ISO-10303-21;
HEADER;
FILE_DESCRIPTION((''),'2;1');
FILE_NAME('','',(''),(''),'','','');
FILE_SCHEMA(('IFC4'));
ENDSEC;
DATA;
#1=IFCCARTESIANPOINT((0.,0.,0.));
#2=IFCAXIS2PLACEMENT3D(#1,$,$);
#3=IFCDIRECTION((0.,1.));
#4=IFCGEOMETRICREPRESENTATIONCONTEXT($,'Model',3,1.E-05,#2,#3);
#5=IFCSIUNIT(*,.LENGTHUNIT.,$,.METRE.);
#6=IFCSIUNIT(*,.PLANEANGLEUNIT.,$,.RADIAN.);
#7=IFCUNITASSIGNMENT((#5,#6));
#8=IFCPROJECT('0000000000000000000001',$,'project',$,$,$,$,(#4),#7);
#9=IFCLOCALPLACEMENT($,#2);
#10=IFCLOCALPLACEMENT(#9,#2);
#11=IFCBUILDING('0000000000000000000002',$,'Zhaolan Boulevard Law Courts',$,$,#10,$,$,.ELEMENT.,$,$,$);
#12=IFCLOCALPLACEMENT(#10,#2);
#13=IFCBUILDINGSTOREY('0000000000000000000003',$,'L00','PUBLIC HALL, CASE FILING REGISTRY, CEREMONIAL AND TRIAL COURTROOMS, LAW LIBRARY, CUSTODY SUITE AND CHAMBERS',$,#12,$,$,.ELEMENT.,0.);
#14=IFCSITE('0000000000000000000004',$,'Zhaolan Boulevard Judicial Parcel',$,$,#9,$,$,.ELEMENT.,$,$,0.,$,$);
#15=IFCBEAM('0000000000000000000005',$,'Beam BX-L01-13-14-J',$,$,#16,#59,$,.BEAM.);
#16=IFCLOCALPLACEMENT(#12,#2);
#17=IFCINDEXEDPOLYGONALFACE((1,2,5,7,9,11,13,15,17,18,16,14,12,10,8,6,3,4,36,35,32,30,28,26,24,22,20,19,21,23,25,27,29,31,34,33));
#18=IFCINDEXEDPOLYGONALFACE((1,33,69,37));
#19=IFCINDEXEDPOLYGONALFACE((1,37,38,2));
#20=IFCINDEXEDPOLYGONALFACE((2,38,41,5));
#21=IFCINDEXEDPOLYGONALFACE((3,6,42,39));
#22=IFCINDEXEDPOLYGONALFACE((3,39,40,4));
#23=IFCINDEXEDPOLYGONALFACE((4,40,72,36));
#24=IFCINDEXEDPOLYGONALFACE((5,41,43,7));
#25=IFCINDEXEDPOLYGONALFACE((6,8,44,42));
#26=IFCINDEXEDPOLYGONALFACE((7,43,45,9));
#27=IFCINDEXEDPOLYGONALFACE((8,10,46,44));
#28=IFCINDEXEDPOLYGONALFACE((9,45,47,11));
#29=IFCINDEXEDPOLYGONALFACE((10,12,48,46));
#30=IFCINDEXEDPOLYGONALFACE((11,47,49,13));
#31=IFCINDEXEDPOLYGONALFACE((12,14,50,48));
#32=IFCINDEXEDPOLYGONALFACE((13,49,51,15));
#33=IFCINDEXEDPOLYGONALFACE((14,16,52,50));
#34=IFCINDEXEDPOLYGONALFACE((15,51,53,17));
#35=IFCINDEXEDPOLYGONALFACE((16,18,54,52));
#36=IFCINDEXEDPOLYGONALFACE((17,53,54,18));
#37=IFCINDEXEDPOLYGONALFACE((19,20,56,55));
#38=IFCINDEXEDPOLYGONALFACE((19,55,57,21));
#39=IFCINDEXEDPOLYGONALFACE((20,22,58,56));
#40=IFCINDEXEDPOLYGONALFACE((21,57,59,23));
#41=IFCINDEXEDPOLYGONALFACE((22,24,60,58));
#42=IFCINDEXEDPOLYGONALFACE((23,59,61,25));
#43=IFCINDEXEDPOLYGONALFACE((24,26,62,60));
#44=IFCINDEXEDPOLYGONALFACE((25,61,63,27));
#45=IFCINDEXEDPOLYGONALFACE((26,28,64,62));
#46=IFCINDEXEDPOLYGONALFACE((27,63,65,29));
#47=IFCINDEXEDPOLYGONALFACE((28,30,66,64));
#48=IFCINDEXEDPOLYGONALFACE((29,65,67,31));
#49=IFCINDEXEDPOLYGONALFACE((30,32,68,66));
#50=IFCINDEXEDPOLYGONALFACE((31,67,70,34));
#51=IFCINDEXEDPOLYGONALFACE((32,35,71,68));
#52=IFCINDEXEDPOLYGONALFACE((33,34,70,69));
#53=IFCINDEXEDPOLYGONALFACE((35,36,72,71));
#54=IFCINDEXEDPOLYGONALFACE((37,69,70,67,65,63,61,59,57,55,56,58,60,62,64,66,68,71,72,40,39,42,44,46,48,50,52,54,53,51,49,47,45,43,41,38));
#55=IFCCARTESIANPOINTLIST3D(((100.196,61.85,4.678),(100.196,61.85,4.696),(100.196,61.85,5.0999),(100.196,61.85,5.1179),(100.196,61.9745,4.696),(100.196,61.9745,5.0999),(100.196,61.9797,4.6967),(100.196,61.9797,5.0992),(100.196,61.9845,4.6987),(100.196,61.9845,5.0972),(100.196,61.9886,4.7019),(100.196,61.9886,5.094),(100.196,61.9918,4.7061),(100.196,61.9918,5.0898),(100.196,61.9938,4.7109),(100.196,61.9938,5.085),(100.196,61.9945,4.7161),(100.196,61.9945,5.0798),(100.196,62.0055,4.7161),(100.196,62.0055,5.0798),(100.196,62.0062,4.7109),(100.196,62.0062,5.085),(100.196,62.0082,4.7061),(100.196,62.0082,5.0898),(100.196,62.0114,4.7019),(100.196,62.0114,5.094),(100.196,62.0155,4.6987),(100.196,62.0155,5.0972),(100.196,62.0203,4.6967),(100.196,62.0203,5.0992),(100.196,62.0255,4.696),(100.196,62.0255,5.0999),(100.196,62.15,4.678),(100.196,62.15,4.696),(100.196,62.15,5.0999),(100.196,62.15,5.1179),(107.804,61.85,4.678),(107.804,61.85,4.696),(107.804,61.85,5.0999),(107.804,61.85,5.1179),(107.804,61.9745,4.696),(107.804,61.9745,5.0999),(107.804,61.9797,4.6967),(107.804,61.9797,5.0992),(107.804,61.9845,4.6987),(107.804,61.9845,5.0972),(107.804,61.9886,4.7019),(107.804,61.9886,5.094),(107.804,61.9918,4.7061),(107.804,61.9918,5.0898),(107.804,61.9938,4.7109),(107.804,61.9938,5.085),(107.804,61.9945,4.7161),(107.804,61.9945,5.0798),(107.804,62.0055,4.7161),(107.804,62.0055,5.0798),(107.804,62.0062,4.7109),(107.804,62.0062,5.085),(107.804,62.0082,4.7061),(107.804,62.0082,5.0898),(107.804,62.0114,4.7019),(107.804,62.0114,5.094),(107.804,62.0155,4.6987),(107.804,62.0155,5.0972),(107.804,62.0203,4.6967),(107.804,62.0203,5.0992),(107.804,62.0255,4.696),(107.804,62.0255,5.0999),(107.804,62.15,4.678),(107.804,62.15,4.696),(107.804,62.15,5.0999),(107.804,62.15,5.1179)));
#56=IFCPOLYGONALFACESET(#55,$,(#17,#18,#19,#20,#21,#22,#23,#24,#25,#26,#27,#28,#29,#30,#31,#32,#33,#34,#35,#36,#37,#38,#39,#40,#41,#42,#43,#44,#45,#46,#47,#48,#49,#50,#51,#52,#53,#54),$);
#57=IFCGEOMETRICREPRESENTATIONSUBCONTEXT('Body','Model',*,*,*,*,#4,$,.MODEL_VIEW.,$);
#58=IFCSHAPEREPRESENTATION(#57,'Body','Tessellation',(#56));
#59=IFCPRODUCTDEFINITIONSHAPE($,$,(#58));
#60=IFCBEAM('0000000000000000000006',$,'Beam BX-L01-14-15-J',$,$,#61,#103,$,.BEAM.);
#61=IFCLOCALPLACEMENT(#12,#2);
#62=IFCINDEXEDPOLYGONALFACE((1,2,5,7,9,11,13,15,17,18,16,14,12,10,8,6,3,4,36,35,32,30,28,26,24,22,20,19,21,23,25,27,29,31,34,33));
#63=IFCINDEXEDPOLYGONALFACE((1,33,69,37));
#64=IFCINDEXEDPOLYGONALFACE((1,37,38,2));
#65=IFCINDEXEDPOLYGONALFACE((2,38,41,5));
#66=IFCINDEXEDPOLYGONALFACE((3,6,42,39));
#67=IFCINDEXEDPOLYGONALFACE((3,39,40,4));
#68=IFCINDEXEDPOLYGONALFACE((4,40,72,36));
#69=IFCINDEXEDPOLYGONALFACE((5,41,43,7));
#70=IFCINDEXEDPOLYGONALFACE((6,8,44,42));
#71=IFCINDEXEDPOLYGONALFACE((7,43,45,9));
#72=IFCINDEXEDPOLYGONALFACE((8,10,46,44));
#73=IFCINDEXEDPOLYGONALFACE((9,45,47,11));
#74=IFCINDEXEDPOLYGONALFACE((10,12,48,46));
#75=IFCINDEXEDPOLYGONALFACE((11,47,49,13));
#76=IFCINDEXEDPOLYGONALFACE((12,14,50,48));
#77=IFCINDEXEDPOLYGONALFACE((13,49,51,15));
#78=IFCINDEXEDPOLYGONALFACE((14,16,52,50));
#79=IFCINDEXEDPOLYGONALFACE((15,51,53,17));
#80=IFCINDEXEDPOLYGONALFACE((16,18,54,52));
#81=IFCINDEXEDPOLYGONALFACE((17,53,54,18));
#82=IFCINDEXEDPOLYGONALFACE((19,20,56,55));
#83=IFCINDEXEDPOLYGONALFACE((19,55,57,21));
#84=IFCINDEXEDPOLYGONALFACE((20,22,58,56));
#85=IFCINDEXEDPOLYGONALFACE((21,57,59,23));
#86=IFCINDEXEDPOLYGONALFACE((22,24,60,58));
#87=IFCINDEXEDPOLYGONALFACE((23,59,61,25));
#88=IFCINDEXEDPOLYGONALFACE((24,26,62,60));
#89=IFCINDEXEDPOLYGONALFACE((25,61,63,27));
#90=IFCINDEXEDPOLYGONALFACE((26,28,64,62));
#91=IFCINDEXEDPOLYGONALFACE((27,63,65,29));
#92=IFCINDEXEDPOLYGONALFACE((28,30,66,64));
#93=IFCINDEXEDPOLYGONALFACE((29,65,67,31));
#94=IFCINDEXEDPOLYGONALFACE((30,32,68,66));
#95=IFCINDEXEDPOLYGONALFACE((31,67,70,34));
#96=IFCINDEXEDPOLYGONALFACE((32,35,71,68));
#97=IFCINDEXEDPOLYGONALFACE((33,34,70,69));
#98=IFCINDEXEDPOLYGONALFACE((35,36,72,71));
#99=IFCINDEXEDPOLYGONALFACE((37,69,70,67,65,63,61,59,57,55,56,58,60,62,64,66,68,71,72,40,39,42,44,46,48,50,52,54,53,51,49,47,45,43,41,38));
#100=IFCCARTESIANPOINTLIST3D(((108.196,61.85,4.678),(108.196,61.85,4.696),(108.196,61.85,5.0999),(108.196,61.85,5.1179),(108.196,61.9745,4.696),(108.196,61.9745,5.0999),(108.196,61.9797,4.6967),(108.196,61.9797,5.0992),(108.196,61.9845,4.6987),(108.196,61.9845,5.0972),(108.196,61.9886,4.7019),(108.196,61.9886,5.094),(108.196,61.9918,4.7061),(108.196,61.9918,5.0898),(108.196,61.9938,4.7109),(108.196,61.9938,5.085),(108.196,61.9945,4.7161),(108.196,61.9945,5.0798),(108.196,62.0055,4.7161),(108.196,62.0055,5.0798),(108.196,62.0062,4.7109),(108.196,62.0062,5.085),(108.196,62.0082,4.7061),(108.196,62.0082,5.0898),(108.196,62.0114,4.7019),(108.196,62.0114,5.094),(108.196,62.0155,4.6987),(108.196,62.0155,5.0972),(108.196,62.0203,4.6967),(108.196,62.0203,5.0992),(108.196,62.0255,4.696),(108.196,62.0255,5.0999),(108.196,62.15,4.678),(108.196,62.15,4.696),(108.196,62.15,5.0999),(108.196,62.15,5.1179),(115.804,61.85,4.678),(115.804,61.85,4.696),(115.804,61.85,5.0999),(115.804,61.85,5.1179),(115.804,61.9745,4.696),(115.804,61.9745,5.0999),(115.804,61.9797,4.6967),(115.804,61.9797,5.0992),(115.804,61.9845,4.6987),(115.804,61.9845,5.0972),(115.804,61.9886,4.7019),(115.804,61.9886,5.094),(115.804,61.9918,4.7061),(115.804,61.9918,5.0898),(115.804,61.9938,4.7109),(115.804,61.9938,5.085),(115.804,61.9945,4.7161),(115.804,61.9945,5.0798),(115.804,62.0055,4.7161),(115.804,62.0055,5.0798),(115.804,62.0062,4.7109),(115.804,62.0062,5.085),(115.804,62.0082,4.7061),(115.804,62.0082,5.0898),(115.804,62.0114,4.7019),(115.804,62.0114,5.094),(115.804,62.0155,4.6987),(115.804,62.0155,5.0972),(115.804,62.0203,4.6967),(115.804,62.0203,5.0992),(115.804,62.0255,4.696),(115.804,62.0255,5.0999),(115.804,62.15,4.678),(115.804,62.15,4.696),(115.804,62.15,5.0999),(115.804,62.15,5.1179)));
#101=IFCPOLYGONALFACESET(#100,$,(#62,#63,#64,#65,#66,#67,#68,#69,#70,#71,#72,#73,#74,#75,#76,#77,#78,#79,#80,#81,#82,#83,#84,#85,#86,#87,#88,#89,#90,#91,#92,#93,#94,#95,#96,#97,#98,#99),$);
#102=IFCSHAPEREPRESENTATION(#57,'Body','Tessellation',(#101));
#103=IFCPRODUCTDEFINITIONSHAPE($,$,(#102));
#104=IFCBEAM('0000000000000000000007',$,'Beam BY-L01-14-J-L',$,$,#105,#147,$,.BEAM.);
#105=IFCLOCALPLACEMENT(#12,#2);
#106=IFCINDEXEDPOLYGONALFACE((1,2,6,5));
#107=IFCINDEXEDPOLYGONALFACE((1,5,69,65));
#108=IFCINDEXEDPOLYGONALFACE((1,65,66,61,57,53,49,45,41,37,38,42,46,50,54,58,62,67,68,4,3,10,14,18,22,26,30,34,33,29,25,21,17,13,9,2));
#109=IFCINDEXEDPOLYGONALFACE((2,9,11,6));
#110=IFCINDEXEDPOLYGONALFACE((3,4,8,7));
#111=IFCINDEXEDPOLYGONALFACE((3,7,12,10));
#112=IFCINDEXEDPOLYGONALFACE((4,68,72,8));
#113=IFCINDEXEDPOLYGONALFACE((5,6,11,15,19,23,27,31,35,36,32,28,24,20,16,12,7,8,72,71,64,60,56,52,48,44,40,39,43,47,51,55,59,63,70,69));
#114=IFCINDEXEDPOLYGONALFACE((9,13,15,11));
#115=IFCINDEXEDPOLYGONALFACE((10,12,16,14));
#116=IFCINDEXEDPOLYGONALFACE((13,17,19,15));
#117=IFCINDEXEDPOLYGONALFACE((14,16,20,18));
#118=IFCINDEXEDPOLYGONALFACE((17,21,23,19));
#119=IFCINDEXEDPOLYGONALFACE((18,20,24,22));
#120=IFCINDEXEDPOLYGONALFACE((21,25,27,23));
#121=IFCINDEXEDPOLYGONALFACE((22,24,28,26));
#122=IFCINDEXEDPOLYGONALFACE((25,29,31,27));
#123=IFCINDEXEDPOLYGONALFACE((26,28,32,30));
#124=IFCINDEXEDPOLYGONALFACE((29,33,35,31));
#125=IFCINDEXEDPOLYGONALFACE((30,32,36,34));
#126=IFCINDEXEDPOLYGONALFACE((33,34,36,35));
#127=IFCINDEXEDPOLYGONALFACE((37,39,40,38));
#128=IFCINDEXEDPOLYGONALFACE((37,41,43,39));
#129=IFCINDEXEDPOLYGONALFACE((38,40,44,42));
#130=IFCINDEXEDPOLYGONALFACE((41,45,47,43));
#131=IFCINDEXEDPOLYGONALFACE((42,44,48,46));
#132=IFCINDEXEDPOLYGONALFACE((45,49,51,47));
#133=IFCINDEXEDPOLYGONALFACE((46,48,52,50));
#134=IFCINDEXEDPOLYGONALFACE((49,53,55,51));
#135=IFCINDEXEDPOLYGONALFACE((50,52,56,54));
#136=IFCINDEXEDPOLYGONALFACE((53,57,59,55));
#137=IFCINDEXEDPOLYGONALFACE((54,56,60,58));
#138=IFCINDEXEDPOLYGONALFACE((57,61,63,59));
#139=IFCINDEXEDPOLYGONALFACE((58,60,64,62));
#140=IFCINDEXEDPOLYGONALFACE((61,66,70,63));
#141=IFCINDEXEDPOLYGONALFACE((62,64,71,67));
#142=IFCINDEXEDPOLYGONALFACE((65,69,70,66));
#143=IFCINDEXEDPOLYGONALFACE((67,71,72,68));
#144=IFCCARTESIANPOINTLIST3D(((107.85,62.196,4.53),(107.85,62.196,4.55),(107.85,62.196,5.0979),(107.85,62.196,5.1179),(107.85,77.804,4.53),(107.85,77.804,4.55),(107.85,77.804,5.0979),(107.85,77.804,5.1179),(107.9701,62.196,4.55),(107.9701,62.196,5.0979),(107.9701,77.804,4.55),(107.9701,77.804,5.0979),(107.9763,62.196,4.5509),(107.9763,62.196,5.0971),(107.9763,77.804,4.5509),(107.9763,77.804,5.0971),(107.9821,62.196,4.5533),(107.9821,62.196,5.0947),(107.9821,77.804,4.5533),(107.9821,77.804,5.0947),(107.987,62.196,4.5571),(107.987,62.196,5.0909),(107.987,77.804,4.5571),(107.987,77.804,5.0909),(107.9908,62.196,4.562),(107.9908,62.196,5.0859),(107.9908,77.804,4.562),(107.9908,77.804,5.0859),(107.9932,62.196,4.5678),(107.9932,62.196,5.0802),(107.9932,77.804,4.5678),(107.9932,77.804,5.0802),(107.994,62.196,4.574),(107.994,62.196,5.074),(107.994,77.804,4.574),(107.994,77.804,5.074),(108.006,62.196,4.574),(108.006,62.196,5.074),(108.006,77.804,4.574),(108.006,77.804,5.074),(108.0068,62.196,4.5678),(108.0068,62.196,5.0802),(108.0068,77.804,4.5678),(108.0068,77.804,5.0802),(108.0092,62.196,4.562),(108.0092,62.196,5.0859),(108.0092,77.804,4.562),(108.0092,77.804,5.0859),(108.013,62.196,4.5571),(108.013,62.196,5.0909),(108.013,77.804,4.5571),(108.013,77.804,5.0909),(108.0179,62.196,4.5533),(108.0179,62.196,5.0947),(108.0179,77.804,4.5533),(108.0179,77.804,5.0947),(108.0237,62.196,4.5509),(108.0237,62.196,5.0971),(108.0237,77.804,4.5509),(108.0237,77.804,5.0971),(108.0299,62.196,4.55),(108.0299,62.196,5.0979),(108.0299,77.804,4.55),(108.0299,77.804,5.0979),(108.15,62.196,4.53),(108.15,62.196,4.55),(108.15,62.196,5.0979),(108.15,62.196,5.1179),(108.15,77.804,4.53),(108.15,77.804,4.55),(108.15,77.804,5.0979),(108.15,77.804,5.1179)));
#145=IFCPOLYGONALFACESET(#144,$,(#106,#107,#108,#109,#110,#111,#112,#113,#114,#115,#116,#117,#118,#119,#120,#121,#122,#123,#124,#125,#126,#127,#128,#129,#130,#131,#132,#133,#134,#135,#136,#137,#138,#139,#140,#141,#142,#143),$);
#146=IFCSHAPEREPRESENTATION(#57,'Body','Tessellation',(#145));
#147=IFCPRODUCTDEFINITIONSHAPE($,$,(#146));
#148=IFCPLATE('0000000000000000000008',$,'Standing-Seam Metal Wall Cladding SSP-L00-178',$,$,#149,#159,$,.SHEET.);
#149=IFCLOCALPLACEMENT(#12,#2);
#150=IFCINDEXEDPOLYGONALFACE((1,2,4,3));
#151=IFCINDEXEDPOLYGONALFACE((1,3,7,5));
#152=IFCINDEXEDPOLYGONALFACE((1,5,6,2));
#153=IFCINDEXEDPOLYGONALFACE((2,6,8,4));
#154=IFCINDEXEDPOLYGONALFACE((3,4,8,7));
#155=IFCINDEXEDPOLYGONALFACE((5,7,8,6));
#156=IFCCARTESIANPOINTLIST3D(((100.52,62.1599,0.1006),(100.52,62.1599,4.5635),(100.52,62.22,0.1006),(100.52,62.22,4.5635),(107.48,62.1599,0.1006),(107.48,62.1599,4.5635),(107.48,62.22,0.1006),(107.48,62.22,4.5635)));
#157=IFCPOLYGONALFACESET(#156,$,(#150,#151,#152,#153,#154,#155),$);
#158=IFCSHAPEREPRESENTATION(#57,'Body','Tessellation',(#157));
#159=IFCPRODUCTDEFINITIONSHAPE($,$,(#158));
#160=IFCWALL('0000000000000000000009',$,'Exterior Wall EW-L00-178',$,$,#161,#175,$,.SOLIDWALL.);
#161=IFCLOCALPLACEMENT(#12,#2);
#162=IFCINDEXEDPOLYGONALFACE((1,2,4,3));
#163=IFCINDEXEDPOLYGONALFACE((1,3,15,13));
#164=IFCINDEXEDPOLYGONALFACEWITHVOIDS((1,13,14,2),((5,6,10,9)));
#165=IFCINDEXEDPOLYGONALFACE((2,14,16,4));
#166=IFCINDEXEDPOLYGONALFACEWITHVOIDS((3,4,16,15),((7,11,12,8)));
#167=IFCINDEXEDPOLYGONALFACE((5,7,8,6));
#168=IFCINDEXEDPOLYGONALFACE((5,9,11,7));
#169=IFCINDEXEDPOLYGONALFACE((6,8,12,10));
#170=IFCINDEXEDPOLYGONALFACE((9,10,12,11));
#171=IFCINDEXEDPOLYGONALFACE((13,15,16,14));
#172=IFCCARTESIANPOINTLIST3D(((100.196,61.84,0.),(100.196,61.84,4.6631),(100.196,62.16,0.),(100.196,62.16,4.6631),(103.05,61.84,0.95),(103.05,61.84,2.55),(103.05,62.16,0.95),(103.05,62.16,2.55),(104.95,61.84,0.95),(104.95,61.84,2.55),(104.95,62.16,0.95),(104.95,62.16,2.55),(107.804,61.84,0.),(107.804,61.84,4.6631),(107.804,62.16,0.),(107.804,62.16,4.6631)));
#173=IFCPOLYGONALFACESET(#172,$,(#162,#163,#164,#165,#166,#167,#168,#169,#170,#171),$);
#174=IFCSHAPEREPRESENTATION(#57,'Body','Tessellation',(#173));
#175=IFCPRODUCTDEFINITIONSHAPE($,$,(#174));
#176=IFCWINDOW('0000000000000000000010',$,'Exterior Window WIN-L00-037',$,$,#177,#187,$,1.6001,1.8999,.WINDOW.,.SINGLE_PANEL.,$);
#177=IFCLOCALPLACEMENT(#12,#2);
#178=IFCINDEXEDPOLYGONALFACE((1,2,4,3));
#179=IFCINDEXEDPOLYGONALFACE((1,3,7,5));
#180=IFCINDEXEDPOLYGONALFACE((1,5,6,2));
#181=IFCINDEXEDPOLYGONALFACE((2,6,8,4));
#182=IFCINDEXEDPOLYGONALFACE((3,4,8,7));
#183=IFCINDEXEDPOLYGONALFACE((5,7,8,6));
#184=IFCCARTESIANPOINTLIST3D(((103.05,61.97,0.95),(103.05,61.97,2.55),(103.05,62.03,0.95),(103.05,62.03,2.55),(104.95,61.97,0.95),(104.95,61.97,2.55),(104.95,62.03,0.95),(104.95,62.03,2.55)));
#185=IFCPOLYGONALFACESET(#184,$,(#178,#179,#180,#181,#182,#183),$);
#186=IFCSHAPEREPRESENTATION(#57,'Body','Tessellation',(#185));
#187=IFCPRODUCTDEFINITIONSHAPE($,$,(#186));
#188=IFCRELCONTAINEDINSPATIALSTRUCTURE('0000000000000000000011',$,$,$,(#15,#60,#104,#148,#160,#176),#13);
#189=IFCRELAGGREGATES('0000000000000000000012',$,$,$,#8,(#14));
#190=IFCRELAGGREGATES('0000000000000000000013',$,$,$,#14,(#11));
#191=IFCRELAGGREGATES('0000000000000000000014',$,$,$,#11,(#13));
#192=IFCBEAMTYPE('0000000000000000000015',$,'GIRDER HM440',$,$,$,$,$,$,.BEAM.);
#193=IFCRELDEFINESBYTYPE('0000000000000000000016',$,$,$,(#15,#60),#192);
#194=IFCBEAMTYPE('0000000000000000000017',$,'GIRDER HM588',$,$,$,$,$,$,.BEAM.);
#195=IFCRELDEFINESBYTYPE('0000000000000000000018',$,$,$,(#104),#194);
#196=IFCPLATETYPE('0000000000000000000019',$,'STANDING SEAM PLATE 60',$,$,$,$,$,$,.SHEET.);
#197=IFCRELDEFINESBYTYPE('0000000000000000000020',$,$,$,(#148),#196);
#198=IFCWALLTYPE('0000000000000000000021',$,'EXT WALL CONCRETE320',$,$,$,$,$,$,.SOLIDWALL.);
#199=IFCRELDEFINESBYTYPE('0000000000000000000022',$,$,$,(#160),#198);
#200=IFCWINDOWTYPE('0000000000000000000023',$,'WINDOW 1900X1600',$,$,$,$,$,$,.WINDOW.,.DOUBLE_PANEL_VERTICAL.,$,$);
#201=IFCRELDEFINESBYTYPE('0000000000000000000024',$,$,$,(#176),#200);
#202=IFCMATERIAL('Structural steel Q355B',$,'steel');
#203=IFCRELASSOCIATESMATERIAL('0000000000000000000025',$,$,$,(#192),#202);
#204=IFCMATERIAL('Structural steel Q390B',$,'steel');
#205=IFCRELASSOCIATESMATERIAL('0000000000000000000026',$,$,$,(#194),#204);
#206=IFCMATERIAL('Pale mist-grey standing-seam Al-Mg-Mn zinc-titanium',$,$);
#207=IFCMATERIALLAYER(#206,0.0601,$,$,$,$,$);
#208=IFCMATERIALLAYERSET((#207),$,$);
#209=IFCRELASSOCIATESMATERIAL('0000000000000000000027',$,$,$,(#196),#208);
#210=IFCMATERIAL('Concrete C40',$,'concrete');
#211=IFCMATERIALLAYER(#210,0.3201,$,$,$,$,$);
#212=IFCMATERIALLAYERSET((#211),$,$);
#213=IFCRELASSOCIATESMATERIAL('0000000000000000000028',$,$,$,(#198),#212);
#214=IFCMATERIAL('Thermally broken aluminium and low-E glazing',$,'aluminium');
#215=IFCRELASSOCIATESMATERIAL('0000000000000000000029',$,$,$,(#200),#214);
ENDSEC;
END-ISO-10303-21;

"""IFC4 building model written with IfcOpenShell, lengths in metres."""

from ifc_helpers import new_model, si_unit, direction, frame, frame_2d, origin, origin_2d, place, context, subcontext, project, spatial, rectangle, i_section, extrude, material, layer, layer_set, material_profile, profile_set, type_object, element, fill, save


model = new_model("IFC4")

# Units and contexts
model_context = context("Model", 3, precision=1e-05, world=origin(), true_north=direction((0.0, 1.0)))
body_context = subcontext(model_context, "Body", "Model", "MODEL_VIEW")
ifc_project = project(units=[si_unit("LENGTHUNIT", "METRE"), si_unit("PLANEANGLEUNIT", "RADIAN")], contexts=[model_context])

# Site, building, storey
site_placement = place(None, origin())
site = spatial("IfcSite", under=ifc_project, at=site_placement, Name="Zhaolan Boulevard Judicial Parcel", CompositionType="ELEMENT", RefElevation=0.0)
building_placement = place(site_placement, origin())
building = spatial("IfcBuilding", under=site, at=building_placement, Name="Zhaolan Boulevard Law Courts", CompositionType="ELEMENT")
storey_placement = place(building_placement, origin())
storey = spatial("IfcBuildingStorey", under=building, at=storey_placement, Name="L00", Description="PUBLIC HALL, CASE FILING REGISTRY, CEREMONIAL AND TRIAL COURTROOMS, LAW LIBRARY, CUSTODY SUITE AND CHAMBERS", CompositionType="ELEMENT", Elevation=0.0)

# Beams
ifc_material_1 = material(Name="Structural steel Q355B", Category="steel")
ifc_material_profile_1 = material_profile(ifc_material_1, i_section(OverallWidth=0.3, OverallDepth=0.4399, WebThickness=0.011, FlangeThickness=0.0181, FilletRadius=0.02, at=origin_2d()), Name="HM440x300")
ifc_profile_set_1 = profile_set([ifc_material_profile_1], Name="Structural steel Q355B")
beam_type_1 = type_object("IfcBeamType", Name="GIRDER HM440", PredefinedType="BEAM", material=ifc_profile_set_1)
for number, where, z_axis, x_axis, name in (
    (1, (100.196, 62.0, 4.8979), (1.0, 0.0, 0.0), (0.0, 1.0, 0.0), "Beam BX-L01-13-14-J"),
    (2, (108.196, 62.0, 4.8979), (1.0, 0.0, 0.0), (0.0, 1.0, 0.0), "Beam BX-L01-14-15-J"),
):
    element("IfcBeam", number, at=place(storey_placement, frame(where, z_axis=z_axis, x_axis=x_axis)), inside=storey, type_object=beam_type_1, Name=name, PredefinedType="BEAM", context=body_context, shape_type="SweptSolid", body=[
        extrude(i_section(OverallWidth=0.3, OverallDepth=0.4399, WebThickness=0.011, FlangeThickness=0.0181, FilletRadius=0.02, at=origin_2d()), origin(), (0.0, 0.0, 1.0), 7.6079),
    ])
ifc_material_2 = material(Name="Structural steel Q390B", Category="steel")
ifc_material_profile_2 = material_profile(ifc_material_2, i_section(OverallWidth=0.3, OverallDepth=0.5879, WebThickness=0.012, FlangeThickness=0.02, FilletRadius=0.0239, at=origin_2d()), Name="HM588x300")
ifc_profile_set_2 = profile_set([ifc_material_profile_2], Name="Structural steel Q390B")
beam_type_2 = type_object("IfcBeamType", Name="GIRDER HM588", PredefinedType="BEAM", material=ifc_profile_set_2)
beam_placement = place(storey_placement, frame((108.0, 62.196, 4.824), z_axis=(0.0, 1.0, 0.0), x_axis=(-1.0, 0.0, 0.0)))
element("IfcBeam", 3, at=beam_placement, inside=storey, type_object=beam_type_2, Name="Beam BY-L01-14-J-L", PredefinedType="BEAM", context=body_context, shape_type="SweptSolid", body=[
    extrude(i_section(OverallWidth=0.3, OverallDepth=0.5879, WebThickness=0.012, FlangeThickness=0.02, FilletRadius=0.0239, at=origin_2d()), origin(), (0.0, 0.0, 1.0), 15.6079),
])

# Plate
ifc_material_3 = material(Name="Pale mist-grey standing-seam Al-Mg-Mn zinc-titanium")
ifc_layer_1 = layer(ifc_material_3, 0.0601)
ifc_layer_set_1 = layer_set([ifc_layer_1])
plate_type = type_object("IfcPlateType", Name="STANDING SEAM PLATE 60", PredefinedType="SHEET", material=ifc_layer_set_1)
plate_placement = place(storey_placement, frame((104.0, 62.1899, 0.1006), z_axis=(0.0, 0.0, 1.0), x_axis=(1.0, 0.0, 0.0)))
element("IfcPlate", 4, at=plate_placement, inside=storey, type_object=plate_type, Name="Standing-Seam Metal Wall Cladding SSP-L00-178", PredefinedType="SHEET", context=body_context, shape_type="SweptSolid", body=[
    extrude(rectangle(XDim=6.96, YDim=0.0601, at=origin_2d()), origin(), (0.0, 0.0, 1.0), 4.4629),
])

# Wall, opening, window
ifc_material_4 = material(Name="Concrete C40", Category="concrete")
ifc_layer_2 = layer(ifc_material_4, 0.3201)
ifc_layer_set_2 = layer_set([ifc_layer_2])
wall_type_1 = type_object("IfcWallType", Name="EXT WALL CONCRETE320", PredefinedType="SOLIDWALL", material=ifc_layer_set_2)
wall_1_placement = place(storey_placement, frame((100.196, 62.0, 0.0), z_axis=(0.0, 0.0, 1.0), x_axis=(1.0, 0.0, 0.0)))
wall_1 = element("IfcWall", 5, at=wall_1_placement, inside=storey, type_object=wall_type_1, Name="Exterior Wall EW-L00-178", PredefinedType="SOLIDWALL", context=body_context, shape_type="SweptSolid", body=[
    extrude(rectangle(XDim=7.6079, YDim=0.3201, at=frame_2d((3.804, 0.0))), origin(), (0.0, 0.0, 1.0), 4.6631),
])
opening_1_placement = place(wall_1_placement, frame((2.854, 0.0, 0.95)))
opening_1 = element("IfcOpeningElement", 6, at=opening_1_placement, cuts=wall_1, PredefinedType="OPENING", context=body_context, shape_type="SweptSolid", body=[
    extrude(rectangle(XDim=1.8999, YDim=1.6001, at=frame_2d((0.95, 0.8))), frame((0.0, 0.1699, 0.0), z_axis=(0.0, -1.0, 0.0), x_axis=(1.0, 0.0, 0.0)), (0.0, 0.0, 1.0), 0.3401),
])
ifc_material_5 = material(Name="Thermally broken aluminium and low-E glazing", Category="aluminium")
window_type_1 = type_object("IfcWindowType", Name="WINDOW 1900X1600", PartitioningType="DOUBLE_PANEL_VERTICAL", PredefinedType="WINDOW", material=ifc_material_5)
window_1_placement = place(opening_1_placement, origin())
window_1 = element("IfcWindow", 7, at=window_1_placement, inside=storey, type_object=window_type_1, Name="Exterior Window WIN-L00-037", OverallHeight=1.6001, OverallWidth=1.8999, PartitioningType="SINGLE_PANEL", PredefinedType="WINDOW", context=body_context, shape_type="SweptSolid", body=[
    extrude(rectangle(XDim=1.8999, YDim=1.6001, at=frame_2d((0.95, 0.8))), frame((0.0, 0.03, 0.0), z_axis=(0.0, -1.0, 0.0), x_axis=(1.0, 0.0, 0.0)), (0.0, 0.0, 1.0), 0.0601),
])
fill(opening_1, window_1)

save(model, "model.ifc")
